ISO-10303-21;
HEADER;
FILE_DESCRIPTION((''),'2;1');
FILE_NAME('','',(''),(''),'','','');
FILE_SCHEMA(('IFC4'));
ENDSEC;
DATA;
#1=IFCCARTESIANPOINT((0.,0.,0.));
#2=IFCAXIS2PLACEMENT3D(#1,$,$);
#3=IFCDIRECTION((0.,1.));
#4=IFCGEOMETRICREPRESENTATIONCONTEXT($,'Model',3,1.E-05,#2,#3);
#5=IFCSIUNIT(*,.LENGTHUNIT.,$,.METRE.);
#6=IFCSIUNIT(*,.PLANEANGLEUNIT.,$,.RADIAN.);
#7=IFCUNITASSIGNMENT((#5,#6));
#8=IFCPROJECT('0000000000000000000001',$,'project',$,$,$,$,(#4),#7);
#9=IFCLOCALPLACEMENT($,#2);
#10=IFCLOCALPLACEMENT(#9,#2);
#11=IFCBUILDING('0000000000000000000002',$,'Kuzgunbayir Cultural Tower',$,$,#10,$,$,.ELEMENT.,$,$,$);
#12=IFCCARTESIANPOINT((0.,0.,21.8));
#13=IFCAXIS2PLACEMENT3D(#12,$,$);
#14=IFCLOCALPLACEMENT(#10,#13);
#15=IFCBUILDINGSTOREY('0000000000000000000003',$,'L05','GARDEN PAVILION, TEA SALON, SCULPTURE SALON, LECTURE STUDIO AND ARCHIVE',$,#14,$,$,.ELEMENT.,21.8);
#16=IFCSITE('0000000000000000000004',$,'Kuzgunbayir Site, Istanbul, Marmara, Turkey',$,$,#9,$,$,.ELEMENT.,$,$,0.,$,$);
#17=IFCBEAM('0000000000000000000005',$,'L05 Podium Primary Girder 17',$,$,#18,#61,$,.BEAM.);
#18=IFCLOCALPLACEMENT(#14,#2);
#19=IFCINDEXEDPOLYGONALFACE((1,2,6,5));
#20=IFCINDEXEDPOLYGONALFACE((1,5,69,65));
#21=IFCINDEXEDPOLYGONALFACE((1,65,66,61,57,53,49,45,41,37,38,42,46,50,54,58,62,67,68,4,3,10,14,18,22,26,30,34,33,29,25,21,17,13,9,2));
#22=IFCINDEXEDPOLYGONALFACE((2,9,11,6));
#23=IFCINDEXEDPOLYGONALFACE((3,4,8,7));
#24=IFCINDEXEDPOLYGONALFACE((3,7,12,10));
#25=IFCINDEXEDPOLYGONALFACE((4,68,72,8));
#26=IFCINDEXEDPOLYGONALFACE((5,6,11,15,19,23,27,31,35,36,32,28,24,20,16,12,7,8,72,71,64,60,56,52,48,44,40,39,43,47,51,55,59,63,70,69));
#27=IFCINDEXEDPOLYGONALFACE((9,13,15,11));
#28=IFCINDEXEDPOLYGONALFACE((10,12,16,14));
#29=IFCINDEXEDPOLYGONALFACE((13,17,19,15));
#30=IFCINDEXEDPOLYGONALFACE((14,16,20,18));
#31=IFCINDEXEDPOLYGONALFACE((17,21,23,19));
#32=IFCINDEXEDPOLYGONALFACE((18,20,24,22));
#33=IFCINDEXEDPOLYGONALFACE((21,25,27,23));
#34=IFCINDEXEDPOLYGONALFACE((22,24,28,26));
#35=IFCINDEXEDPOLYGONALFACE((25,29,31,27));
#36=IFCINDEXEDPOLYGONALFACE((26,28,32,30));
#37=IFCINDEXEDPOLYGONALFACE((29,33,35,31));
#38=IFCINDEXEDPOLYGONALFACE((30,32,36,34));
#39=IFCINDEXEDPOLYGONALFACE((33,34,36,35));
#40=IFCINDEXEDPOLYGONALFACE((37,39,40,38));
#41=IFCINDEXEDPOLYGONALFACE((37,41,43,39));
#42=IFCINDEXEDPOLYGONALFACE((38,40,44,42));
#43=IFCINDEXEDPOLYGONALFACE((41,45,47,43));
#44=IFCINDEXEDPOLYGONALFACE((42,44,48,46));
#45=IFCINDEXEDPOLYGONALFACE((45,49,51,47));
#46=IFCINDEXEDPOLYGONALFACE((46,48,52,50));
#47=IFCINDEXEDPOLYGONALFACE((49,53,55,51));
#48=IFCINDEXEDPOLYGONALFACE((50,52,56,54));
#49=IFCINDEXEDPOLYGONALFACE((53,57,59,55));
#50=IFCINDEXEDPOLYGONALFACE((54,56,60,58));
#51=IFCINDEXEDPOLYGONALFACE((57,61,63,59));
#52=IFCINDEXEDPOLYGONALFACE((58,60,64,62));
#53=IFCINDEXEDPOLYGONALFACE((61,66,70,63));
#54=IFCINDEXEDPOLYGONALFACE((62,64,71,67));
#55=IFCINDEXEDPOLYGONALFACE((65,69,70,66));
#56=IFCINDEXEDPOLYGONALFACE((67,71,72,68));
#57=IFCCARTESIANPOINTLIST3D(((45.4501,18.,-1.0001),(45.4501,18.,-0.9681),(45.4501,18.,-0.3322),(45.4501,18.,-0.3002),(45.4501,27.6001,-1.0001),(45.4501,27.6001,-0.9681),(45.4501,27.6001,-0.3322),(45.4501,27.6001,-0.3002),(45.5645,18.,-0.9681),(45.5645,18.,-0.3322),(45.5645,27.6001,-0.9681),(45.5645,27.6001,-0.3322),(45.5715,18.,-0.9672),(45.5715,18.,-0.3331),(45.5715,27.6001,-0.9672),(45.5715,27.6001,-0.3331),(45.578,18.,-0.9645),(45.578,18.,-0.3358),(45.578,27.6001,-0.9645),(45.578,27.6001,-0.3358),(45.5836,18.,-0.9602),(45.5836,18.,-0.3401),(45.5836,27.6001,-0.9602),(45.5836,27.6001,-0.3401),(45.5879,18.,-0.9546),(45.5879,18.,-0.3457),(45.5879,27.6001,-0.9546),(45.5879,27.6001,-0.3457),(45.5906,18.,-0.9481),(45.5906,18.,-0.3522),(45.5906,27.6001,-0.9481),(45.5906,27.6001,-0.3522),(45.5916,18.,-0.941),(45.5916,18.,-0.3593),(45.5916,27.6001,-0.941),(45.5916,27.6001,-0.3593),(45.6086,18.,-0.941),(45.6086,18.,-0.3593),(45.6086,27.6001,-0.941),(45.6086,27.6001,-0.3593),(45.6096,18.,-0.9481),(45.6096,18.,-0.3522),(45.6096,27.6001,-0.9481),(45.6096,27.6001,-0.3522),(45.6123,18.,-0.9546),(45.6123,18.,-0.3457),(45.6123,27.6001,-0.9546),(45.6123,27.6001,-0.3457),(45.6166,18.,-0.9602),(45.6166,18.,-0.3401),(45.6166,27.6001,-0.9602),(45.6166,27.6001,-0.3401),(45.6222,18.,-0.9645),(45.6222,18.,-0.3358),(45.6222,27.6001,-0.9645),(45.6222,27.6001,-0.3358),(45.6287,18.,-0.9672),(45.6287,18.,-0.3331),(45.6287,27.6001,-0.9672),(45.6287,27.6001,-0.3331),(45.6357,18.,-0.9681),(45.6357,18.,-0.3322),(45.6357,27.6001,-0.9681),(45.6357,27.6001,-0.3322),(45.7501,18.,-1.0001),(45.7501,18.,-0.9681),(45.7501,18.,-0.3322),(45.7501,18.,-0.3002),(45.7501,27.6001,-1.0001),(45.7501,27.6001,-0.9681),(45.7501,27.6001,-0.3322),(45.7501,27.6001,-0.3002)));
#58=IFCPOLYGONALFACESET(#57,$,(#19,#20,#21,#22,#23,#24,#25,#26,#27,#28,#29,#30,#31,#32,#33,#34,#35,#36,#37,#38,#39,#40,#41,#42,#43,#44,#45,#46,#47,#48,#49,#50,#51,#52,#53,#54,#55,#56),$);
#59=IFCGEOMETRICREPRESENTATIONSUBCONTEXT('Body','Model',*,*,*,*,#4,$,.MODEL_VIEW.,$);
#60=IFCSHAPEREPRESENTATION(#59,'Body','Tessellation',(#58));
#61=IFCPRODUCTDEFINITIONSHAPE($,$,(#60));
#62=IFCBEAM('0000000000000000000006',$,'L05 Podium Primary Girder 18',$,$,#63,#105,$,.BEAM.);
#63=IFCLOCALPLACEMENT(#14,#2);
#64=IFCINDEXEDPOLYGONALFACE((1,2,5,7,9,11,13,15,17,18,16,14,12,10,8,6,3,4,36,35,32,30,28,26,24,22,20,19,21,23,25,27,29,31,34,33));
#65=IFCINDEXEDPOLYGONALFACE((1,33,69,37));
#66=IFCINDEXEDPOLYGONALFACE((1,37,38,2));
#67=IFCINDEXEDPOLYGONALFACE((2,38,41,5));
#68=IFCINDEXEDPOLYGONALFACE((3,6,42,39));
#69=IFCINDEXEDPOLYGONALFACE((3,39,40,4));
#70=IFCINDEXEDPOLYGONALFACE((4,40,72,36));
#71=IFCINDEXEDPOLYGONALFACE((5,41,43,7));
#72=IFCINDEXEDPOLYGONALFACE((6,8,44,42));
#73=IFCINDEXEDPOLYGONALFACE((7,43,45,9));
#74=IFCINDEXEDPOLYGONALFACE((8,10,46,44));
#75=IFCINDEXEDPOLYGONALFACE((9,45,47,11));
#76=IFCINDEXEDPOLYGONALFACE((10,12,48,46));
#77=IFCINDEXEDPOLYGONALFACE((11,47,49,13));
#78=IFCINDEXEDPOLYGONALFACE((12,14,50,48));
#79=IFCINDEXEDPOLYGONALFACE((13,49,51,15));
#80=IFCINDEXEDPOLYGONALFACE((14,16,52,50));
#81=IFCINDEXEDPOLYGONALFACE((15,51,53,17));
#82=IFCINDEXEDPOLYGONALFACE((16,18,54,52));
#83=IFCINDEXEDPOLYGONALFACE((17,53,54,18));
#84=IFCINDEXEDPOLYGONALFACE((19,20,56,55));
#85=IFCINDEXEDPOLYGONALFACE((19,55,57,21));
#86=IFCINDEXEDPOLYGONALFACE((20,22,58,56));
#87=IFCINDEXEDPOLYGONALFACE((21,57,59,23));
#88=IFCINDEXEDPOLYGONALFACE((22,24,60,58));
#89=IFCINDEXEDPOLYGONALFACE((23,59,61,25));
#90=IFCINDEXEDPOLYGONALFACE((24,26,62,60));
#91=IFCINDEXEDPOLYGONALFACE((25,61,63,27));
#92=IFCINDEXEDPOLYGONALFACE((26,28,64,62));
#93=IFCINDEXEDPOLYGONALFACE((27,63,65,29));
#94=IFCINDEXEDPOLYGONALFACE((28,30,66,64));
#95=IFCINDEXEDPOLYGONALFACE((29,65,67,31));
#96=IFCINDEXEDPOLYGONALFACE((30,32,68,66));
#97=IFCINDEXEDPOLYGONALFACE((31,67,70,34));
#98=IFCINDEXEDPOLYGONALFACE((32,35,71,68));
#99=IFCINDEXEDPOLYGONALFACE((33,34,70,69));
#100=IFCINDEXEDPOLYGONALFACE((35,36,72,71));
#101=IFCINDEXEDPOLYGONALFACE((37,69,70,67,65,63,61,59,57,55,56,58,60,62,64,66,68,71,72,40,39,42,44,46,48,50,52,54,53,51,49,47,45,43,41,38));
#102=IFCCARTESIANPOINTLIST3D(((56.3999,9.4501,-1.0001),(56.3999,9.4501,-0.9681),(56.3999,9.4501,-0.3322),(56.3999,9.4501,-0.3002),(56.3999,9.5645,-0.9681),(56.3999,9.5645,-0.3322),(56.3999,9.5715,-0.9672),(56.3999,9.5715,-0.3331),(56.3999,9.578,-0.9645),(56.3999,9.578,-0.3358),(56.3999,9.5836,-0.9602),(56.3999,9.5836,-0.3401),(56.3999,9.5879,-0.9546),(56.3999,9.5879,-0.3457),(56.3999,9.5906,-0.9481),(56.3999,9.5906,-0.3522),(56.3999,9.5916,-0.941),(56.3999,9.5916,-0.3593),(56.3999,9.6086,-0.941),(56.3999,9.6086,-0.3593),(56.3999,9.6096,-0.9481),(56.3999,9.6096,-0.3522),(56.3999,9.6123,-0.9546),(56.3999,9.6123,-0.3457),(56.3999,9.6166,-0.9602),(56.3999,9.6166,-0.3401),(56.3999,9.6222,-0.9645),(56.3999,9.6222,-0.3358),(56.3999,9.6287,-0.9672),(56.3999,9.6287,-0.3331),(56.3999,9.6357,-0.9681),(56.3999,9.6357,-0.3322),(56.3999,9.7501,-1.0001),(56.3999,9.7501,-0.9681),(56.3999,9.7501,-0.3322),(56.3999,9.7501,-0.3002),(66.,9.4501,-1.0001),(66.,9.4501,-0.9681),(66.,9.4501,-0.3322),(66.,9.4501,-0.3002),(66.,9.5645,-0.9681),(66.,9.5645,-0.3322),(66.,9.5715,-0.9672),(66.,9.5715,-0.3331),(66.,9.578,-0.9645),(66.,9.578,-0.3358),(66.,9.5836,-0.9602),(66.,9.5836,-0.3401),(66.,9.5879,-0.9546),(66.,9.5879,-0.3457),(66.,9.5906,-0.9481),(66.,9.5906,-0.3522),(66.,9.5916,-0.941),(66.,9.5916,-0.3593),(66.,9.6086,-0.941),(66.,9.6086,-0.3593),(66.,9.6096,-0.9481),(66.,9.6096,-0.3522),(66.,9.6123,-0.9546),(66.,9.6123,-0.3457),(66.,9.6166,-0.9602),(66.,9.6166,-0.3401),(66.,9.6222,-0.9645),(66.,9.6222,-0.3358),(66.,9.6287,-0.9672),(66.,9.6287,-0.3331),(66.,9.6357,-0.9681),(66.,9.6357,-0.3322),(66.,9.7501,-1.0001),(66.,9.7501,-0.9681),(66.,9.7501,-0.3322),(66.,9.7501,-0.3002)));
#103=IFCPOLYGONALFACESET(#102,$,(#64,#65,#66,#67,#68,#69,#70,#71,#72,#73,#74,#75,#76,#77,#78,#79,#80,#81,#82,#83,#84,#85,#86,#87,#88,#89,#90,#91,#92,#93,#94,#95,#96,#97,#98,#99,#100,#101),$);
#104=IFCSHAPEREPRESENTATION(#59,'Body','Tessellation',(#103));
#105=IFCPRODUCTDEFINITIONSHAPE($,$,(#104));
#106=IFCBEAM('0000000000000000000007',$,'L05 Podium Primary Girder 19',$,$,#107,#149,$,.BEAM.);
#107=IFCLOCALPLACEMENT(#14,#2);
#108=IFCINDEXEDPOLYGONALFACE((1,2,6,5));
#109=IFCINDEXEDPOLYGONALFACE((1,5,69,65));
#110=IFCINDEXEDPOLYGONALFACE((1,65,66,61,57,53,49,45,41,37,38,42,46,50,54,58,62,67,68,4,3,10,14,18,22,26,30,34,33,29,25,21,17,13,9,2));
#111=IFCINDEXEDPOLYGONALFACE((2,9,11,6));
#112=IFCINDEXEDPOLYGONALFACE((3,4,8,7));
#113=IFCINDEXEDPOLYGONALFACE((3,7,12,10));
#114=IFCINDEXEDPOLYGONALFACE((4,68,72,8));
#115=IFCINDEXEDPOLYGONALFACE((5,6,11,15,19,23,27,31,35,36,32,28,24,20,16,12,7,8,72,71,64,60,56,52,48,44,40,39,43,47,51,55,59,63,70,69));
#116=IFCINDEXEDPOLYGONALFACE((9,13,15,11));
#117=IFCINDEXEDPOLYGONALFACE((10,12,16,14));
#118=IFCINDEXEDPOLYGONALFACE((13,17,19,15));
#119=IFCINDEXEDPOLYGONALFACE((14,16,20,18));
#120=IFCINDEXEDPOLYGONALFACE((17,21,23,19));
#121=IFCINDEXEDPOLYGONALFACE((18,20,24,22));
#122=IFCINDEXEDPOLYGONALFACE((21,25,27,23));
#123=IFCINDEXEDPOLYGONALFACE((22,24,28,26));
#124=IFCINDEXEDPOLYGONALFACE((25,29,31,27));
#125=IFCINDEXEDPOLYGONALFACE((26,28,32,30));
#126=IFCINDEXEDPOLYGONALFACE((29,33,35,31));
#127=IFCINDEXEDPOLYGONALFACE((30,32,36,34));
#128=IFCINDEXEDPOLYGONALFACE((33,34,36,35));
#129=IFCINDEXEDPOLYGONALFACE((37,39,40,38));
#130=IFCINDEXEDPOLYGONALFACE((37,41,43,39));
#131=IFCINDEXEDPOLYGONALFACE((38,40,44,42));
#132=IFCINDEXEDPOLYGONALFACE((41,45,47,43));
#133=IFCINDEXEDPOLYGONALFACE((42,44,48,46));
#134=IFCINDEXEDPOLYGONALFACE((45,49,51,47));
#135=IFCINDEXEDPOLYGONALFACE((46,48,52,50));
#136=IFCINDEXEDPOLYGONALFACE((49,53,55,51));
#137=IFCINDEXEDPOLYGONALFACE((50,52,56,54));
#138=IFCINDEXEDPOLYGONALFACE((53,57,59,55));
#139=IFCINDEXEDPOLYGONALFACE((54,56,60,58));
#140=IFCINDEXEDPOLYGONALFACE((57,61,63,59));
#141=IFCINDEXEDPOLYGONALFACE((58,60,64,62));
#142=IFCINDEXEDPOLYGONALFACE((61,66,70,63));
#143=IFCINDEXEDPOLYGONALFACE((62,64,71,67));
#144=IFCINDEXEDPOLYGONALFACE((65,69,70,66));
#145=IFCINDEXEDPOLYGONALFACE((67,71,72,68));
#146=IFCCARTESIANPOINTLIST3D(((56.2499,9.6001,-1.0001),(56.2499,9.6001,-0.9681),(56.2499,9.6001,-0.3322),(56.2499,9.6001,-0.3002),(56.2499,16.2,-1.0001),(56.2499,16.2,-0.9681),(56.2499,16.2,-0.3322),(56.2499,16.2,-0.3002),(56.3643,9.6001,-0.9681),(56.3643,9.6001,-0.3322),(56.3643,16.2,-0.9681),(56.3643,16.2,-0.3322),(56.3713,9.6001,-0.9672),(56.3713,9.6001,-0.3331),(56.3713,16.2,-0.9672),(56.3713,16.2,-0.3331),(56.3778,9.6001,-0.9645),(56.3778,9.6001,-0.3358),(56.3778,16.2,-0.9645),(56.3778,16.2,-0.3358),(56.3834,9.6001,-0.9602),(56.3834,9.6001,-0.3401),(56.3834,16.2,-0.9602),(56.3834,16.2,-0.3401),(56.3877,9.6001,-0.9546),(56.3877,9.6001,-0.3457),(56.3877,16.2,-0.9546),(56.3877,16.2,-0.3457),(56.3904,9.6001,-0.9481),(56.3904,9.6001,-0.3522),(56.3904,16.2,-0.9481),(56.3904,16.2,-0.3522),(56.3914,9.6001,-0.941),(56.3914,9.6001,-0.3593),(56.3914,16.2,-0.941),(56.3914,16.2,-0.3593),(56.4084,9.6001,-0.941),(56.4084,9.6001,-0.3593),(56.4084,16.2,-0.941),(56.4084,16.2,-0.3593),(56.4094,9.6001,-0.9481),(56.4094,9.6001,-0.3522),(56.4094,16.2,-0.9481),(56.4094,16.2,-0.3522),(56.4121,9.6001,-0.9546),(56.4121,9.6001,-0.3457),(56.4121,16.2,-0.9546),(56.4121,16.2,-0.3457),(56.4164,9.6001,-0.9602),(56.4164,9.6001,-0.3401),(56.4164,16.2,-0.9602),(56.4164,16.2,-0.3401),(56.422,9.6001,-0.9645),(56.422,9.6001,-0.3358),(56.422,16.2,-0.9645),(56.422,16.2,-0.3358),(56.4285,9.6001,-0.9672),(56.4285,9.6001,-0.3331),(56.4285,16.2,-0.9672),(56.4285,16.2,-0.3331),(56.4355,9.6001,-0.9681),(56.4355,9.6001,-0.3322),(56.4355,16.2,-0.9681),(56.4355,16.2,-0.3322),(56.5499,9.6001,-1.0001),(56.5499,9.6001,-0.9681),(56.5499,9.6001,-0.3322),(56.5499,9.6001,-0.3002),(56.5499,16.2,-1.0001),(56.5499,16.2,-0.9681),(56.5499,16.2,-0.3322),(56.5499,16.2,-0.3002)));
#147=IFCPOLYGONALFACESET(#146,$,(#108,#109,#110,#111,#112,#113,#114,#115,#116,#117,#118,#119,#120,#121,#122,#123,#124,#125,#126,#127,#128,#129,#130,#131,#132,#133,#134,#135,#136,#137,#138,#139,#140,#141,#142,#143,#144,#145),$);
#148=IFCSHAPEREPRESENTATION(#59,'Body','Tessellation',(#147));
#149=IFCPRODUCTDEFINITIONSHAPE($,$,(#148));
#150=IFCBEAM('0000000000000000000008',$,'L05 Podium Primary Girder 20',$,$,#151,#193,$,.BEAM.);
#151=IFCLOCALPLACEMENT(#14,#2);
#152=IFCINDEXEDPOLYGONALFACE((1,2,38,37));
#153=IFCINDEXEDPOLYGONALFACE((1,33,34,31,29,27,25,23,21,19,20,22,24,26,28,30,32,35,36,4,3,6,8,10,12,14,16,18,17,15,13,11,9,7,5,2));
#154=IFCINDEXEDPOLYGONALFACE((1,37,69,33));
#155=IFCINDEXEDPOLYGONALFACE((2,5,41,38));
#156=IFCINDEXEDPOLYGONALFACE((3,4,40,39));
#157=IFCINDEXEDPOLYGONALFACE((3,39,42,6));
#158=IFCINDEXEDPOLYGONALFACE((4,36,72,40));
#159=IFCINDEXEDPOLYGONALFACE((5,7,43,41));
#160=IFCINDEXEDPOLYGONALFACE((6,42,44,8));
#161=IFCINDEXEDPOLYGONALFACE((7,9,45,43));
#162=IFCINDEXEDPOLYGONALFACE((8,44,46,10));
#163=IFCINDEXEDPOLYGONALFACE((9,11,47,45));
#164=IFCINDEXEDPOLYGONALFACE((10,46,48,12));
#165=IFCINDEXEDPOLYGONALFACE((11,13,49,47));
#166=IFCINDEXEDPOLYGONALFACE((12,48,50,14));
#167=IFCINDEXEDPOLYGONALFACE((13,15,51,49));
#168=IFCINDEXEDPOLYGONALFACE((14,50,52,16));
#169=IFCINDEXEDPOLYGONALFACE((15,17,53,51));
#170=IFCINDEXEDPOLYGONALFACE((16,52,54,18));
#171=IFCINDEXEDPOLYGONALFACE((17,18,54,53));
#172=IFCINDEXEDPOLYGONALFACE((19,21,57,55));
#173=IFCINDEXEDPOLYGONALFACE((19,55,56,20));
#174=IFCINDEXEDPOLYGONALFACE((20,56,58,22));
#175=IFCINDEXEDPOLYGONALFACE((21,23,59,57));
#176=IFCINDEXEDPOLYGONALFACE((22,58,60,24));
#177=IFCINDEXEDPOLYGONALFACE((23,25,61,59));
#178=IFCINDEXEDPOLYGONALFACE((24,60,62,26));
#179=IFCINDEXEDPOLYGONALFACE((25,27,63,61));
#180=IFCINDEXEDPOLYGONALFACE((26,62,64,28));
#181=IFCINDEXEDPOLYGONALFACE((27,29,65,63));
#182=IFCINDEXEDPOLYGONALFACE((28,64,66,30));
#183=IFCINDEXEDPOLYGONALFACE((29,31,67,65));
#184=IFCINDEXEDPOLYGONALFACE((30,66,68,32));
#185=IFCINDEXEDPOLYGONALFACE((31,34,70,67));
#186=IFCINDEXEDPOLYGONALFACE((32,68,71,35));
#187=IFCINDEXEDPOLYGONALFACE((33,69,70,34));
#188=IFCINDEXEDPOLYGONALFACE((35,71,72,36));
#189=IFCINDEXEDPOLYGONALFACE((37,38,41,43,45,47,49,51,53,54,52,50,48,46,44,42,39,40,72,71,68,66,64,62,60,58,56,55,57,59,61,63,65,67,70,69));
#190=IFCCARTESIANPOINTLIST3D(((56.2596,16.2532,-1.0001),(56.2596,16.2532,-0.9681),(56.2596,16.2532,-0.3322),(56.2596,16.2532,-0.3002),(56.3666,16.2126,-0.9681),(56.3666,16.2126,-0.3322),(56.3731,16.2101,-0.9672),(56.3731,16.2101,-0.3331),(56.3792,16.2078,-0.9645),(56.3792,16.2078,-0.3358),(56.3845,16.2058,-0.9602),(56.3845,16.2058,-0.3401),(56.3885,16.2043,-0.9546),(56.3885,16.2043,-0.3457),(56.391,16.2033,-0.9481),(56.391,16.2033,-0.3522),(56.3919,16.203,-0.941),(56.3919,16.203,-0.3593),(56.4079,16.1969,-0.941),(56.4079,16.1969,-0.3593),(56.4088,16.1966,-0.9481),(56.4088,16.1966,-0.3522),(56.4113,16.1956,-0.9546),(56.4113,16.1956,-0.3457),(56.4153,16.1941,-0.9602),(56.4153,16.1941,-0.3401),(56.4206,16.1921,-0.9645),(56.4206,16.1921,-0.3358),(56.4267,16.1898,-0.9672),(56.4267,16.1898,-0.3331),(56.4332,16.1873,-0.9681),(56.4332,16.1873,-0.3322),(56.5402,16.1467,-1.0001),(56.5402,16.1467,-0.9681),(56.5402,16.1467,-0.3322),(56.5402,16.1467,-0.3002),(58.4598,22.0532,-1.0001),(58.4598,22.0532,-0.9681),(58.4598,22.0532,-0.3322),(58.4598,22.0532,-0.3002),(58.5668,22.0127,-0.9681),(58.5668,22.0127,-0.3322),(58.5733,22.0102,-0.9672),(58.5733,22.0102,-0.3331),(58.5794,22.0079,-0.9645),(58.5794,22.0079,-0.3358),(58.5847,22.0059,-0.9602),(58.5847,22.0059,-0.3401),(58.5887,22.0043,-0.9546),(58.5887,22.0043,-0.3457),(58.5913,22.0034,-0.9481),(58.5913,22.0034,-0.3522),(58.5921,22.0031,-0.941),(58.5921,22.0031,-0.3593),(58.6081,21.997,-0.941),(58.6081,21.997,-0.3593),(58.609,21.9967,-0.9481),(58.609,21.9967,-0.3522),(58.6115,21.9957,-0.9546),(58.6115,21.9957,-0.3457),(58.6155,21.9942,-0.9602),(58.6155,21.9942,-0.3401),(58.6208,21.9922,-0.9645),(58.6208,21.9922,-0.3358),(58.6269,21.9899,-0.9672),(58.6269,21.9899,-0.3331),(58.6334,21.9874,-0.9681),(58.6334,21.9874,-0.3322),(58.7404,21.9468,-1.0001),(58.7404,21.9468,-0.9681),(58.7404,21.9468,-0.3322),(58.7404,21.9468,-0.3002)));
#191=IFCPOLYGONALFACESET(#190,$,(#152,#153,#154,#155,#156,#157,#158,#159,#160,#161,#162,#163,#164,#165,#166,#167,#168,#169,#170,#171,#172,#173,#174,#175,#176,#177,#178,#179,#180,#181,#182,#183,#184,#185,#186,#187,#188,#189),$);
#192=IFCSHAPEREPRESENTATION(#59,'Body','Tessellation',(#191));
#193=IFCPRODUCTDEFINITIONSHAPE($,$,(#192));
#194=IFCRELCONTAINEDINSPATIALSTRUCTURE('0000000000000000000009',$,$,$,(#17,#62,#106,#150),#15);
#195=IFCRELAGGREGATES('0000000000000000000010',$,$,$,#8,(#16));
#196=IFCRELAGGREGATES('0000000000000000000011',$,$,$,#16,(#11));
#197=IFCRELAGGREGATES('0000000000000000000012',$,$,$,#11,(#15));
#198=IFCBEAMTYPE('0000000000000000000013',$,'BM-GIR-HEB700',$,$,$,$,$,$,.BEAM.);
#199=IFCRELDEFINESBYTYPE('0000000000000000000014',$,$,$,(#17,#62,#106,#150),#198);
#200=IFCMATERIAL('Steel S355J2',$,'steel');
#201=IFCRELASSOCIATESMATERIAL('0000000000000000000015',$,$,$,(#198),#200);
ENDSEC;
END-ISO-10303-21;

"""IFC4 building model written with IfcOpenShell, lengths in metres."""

from ifc_helpers import new_model, si_unit, direction, frame, origin, origin_2d, place, context, subcontext, project, spatial, i_section, extrude, material, material_profile, profile_set, type_object, element, save


model = new_model("IFC4")

# Units and contexts
model_context = context("Model", 3, precision=1e-05, world=origin(), true_north=direction((0.0, 1.0)))
body_context = subcontext(model_context, "Body", "Model", "MODEL_VIEW")
ifc_project = project(units=[si_unit("LENGTHUNIT", "METRE"), si_unit("PLANEANGLEUNIT", "RADIAN")], contexts=[model_context])

# Site, building, storey
site_placement = place(None, origin())
site = spatial("IfcSite", under=ifc_project, at=site_placement, Name="Kuzgunbayir Site, Istanbul, Marmara, Turkey", CompositionType="ELEMENT", RefElevation=0.0)
building_placement = place(site_placement, origin())
building = spatial("IfcBuilding", under=site, at=building_placement, Name="Kuzgunbayir Cultural Tower", CompositionType="ELEMENT")
storey_placement = place(building_placement, frame((0.0, 0.0, 21.8)))
storey = spatial("IfcBuildingStorey", under=building, at=storey_placement, Name="L05", Description="GARDEN PAVILION, TEA SALON, SCULPTURE SALON, LECTURE STUDIO AND ARCHIVE", CompositionType="ELEMENT", Elevation=21.8)

# Beams
ifc_material_1 = material(Name="Steel S355J2", Category="steel")
ifc_material_profile_1 = material_profile(ifc_material_1, i_section(OverallWidth=0.3, OverallDepth=0.7, WebThickness=0.0171, FlangeThickness=0.032, FilletRadius=0.0271, at=origin_2d()), Name="HEB 700")
ifc_profile_set_1 = profile_set([ifc_material_profile_1], Name="Steel S355J2")
beam_type = type_object("IfcBeamType", Name="BM-GIR-HEB700", PredefinedType="BEAM", material=ifc_profile_set_1)
for number, where, z_axis, x_axis, name in (
    (1, (45.6001, 18.0, -0.6501), (0.0, 1.0, 0.0), (-1.0, 0.0, 0.0), "L05 Podium Primary Girder 17"),
    (2, (56.3999, 9.6001, -0.6501), (1.0, 0.0, 0.0), (0.0, 1.0, 0.0), "L05 Podium Primary Girder 18"),
):
    element("IfcBeam", number, at=place(storey_placement, frame(where, z_axis=z_axis, x_axis=x_axis)), inside=storey, type_object=beam_type, Name=name, PredefinedType="BEAM", context=body_context, shape_type="SweptSolid", body=[
        extrude(i_section(OverallWidth=0.3, OverallDepth=0.7, WebThickness=0.0171, FlangeThickness=0.032, FilletRadius=0.0271, at=origin_2d()), origin(), (0.0, 0.0, 1.0), 9.6001),
    ])
beam_1_placement = place(storey_placement, frame((56.3999, 9.6001, -0.6501), z_axis=(0.0, 1.0, 0.0), x_axis=(-1.0, 0.0, 0.0)))
element("IfcBeam", 3, at=beam_1_placement, inside=storey, type_object=beam_type, Name="L05 Podium Primary Girder 19", PredefinedType="BEAM", context=body_context, shape_type="SweptSolid", body=[
    extrude(i_section(OverallWidth=0.3, OverallDepth=0.7, WebThickness=0.0171, FlangeThickness=0.032, FilletRadius=0.0271, at=origin_2d()), origin(), (0.0, 0.0, 1.0), 6.5999),
])
beam_2_placement = place(storey_placement, frame((56.3999, 16.2, -0.6501), z_axis=(0.354679, 0.934988, 0.0), x_axis=(-0.934988, 0.354679, 0.0)))
element("IfcBeam", 4, at=beam_2_placement, inside=storey, type_object=beam_type, Name="L05 Podium Primary Girder 20", PredefinedType="BEAM", context=body_context, shape_type="SweptSolid", body=[
    extrude(i_section(OverallWidth=0.3, OverallDepth=0.7, WebThickness=0.0171, FlangeThickness=0.032, FilletRadius=0.0271, at=origin_2d()), origin(), (0.0, 0.0, 1.0), 6.2034),
])

save(model, "model.ifc")
